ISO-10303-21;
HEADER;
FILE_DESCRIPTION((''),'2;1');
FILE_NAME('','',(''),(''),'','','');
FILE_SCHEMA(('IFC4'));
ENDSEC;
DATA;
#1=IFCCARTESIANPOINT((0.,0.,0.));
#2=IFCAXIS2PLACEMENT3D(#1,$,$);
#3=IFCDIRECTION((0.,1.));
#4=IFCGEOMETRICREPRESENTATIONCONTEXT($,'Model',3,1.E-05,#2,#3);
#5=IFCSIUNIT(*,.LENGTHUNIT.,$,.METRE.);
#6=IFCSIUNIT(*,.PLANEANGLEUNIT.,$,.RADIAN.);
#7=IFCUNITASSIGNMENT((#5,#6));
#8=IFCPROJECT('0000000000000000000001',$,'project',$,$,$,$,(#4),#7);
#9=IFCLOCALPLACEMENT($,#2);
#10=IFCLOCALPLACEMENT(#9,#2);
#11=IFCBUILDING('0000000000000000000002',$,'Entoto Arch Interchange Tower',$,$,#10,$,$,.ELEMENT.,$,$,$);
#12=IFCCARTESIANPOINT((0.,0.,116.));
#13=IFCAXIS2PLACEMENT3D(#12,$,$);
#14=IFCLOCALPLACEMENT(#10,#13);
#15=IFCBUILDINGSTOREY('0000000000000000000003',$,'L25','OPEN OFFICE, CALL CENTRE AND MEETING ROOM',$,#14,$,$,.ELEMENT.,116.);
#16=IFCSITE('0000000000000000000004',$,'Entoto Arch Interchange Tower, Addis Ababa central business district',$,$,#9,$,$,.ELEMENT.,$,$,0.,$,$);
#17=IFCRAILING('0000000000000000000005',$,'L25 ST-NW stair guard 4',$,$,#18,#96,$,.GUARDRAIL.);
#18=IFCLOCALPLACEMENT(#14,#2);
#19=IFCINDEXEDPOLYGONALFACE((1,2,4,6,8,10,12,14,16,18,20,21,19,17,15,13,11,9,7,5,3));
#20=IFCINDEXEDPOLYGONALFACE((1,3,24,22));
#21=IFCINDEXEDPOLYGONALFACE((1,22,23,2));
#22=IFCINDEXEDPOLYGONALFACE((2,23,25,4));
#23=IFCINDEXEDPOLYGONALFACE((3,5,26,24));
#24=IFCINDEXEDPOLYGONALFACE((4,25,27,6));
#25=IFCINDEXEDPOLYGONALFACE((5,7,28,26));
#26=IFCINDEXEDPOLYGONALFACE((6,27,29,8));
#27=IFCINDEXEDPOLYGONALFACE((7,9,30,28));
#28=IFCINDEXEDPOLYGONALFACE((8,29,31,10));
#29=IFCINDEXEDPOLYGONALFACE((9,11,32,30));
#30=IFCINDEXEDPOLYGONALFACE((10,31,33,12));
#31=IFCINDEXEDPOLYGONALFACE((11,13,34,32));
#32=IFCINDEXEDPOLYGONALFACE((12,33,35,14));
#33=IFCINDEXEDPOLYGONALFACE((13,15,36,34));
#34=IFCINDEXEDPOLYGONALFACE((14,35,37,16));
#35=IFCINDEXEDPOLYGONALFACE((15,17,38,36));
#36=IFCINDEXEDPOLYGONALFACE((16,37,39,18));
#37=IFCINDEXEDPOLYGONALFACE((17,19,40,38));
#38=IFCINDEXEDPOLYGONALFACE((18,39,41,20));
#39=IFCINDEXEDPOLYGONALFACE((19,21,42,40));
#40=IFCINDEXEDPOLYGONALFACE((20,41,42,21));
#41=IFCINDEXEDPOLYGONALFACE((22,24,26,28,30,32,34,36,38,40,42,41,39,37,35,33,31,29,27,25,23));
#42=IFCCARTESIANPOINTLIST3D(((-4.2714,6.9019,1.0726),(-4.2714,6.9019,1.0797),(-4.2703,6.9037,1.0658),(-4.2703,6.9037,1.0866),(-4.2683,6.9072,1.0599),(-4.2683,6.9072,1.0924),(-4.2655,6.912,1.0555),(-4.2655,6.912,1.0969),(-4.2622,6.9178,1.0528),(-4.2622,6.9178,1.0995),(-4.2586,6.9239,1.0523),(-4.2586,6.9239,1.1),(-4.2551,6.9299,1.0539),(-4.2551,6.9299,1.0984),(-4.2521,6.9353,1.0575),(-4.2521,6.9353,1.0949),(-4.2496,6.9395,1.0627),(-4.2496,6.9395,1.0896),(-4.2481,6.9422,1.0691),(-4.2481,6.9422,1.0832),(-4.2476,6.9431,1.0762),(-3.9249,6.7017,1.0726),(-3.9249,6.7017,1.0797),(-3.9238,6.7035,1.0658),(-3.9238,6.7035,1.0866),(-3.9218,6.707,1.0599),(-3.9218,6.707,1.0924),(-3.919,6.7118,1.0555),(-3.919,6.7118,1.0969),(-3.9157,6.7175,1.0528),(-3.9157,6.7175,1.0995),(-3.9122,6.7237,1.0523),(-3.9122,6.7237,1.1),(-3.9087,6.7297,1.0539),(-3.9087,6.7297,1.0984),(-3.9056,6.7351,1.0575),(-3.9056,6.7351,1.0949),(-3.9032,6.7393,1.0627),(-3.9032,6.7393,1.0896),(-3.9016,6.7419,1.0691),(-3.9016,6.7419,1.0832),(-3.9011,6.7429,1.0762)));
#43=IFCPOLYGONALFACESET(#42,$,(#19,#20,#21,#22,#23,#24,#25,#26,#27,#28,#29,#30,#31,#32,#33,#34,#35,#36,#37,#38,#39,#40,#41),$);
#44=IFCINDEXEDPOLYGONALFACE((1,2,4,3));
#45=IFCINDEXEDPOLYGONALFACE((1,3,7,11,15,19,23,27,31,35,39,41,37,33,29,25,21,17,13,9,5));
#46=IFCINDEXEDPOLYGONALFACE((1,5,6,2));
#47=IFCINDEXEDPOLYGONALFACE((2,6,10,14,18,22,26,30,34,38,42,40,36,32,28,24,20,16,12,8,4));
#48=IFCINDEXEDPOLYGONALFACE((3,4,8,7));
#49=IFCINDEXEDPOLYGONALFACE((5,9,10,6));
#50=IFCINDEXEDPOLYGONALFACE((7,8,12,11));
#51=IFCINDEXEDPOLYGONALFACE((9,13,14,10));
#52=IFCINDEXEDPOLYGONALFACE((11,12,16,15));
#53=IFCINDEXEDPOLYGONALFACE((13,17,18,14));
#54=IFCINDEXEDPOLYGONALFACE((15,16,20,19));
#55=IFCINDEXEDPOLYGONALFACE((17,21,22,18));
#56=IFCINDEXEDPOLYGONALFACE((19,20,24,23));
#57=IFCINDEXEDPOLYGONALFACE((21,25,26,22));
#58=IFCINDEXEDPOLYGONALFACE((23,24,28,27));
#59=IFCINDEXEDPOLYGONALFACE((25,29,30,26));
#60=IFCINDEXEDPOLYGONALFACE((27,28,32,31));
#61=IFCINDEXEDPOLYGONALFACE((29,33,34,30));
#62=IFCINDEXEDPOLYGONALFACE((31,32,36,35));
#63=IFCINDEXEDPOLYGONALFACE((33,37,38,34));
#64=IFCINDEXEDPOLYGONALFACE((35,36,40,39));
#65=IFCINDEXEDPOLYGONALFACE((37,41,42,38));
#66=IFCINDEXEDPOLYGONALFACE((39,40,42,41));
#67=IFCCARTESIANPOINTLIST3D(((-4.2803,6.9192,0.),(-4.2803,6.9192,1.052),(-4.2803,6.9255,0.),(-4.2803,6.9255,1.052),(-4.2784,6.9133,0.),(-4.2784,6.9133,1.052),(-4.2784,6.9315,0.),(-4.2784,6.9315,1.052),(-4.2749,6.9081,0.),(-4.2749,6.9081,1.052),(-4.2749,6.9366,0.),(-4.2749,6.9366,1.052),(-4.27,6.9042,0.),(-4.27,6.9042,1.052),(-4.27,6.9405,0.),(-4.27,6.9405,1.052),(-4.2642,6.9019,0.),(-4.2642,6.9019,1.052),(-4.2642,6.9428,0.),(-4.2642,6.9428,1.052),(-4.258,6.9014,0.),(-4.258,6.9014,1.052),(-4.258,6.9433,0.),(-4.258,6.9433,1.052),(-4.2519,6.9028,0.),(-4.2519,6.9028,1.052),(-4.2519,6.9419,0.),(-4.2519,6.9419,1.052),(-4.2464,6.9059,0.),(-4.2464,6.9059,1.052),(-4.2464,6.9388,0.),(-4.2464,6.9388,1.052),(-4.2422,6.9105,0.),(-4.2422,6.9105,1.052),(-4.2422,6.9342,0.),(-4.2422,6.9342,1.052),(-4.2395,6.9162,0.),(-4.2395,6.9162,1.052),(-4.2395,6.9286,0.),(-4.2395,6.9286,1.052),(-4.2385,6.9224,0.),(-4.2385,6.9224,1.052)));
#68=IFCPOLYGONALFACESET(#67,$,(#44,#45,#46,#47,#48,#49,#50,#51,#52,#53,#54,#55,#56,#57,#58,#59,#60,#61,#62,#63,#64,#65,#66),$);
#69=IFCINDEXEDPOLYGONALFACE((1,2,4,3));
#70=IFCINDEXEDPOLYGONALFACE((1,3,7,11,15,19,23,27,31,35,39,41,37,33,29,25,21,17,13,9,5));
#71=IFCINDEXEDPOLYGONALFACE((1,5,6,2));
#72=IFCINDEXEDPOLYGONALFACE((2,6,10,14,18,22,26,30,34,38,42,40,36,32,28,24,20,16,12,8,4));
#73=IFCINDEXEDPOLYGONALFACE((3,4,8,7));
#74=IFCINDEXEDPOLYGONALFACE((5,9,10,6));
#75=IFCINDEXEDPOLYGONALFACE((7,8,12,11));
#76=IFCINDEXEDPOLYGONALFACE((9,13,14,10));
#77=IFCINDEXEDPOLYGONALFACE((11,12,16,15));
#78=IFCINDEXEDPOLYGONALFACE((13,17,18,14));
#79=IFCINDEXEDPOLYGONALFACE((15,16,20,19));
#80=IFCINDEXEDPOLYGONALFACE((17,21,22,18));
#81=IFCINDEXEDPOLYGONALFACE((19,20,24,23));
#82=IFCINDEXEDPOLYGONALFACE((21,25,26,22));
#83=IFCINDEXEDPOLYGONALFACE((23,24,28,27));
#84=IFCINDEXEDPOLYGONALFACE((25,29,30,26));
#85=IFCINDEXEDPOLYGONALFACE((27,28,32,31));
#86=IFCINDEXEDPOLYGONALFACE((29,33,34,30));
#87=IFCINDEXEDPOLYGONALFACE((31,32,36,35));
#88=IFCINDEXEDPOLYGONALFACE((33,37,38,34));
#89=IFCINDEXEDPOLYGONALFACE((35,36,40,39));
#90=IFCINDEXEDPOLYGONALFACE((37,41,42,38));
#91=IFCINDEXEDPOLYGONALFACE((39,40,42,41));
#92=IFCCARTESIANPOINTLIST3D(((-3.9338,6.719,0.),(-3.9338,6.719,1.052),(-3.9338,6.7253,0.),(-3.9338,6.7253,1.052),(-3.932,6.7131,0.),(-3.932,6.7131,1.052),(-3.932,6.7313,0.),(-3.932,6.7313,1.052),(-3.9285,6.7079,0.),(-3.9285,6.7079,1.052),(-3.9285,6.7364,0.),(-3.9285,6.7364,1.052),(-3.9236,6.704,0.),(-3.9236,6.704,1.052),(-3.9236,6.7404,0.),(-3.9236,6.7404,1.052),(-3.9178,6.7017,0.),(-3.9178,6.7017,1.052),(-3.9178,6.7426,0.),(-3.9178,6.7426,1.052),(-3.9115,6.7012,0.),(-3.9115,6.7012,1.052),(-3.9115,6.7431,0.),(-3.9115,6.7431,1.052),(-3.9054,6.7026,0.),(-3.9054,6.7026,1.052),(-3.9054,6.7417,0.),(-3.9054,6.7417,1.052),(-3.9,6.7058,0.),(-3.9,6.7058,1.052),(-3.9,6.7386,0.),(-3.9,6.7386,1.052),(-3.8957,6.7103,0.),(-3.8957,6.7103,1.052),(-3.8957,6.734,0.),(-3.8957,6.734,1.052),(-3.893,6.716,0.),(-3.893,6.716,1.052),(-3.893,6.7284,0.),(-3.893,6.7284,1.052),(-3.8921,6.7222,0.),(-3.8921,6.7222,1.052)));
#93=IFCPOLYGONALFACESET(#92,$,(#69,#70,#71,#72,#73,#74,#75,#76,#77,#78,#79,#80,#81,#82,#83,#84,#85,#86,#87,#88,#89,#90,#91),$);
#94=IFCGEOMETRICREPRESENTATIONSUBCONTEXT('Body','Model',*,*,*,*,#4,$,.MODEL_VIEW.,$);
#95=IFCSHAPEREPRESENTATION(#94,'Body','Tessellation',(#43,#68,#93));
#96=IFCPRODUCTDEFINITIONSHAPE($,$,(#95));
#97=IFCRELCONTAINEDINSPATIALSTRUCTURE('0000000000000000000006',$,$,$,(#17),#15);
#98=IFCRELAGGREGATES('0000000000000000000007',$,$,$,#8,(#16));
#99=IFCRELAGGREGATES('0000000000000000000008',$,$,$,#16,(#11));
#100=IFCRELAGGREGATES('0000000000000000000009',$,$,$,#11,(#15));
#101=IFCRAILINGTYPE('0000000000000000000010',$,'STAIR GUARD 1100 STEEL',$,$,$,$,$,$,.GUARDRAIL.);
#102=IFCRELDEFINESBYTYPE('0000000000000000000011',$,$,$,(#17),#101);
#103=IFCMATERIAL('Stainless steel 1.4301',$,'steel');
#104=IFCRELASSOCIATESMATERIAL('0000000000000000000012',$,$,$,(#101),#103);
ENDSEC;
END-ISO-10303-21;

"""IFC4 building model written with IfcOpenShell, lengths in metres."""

from ifc_helpers import new_model, si_unit, direction, frame, origin, origin_2d, place, context, subcontext, project, spatial, circle, extrude, material, type_object, element, save


model = new_model("IFC4")

# Units and contexts
model_context = context("Model", 3, precision=1e-05, world=origin(), true_north=direction((0.0, 1.0)))
body_context = subcontext(model_context, "Body", "Model", "MODEL_VIEW")
ifc_project = project(units=[si_unit("LENGTHUNIT", "METRE"), si_unit("PLANEANGLEUNIT", "RADIAN")], contexts=[model_context])

# Site, building, storey
site_placement = place(None, origin())
site = spatial("IfcSite", under=ifc_project, at=site_placement, Name="Entoto Arch Interchange Tower, Addis Ababa central business district", CompositionType="ELEMENT", RefElevation=0.0)
building_placement = place(site_placement, origin())
building = spatial("IfcBuilding", under=site, at=building_placement, Name="Entoto Arch Interchange Tower", CompositionType="ELEMENT")
storey_placement = place(building_placement, frame((0.0, 0.0, 116.0)))
storey = spatial("IfcBuildingStorey", under=building, at=storey_placement, Name="L25", Description="OPEN OFFICE, CALL CENTRE AND MEETING ROOM", CompositionType="ELEMENT", Elevation=116.0)

# Railing
ifc_material_1 = material(Name="Stainless steel 1.4301", Category="steel")
railing_type_1 = type_object("IfcRailingType", Name="STAIR GUARD 1100 STEEL", PredefinedType="GUARDRAIL", material=ifc_material_1)
railing_1_placement = place(storey_placement, frame((-4.2595, 6.9224, 0.0)))
element("IfcRailing", 1, at=railing_1_placement, inside=storey, type_object=railing_type_1, Name="L25 ST-NW stair guard 4", PredefinedType="GUARDRAIL", context=body_context, shape_type="SweptSolid", body=[
    extrude(circle(Radius=0.0239, at=origin_2d()), frame((0.0, 0.0, 1.0762), z_axis=(0.86583, -0.500339, 0.0), x_axis=(0.500339, 0.86583, 0.0)), (0.0, 0.0, 1.0), 0.4001),
    extrude(circle(Radius=0.021, at=origin_2d()), origin(), (0.0, 0.0, 1.0), 1.052),
    extrude(circle(Radius=0.021, at=origin_2d()), frame((0.3464, -0.2002, 0.0)), (0.0, 0.0, 1.0), 1.052),
])

save(model, "model.ifc")
